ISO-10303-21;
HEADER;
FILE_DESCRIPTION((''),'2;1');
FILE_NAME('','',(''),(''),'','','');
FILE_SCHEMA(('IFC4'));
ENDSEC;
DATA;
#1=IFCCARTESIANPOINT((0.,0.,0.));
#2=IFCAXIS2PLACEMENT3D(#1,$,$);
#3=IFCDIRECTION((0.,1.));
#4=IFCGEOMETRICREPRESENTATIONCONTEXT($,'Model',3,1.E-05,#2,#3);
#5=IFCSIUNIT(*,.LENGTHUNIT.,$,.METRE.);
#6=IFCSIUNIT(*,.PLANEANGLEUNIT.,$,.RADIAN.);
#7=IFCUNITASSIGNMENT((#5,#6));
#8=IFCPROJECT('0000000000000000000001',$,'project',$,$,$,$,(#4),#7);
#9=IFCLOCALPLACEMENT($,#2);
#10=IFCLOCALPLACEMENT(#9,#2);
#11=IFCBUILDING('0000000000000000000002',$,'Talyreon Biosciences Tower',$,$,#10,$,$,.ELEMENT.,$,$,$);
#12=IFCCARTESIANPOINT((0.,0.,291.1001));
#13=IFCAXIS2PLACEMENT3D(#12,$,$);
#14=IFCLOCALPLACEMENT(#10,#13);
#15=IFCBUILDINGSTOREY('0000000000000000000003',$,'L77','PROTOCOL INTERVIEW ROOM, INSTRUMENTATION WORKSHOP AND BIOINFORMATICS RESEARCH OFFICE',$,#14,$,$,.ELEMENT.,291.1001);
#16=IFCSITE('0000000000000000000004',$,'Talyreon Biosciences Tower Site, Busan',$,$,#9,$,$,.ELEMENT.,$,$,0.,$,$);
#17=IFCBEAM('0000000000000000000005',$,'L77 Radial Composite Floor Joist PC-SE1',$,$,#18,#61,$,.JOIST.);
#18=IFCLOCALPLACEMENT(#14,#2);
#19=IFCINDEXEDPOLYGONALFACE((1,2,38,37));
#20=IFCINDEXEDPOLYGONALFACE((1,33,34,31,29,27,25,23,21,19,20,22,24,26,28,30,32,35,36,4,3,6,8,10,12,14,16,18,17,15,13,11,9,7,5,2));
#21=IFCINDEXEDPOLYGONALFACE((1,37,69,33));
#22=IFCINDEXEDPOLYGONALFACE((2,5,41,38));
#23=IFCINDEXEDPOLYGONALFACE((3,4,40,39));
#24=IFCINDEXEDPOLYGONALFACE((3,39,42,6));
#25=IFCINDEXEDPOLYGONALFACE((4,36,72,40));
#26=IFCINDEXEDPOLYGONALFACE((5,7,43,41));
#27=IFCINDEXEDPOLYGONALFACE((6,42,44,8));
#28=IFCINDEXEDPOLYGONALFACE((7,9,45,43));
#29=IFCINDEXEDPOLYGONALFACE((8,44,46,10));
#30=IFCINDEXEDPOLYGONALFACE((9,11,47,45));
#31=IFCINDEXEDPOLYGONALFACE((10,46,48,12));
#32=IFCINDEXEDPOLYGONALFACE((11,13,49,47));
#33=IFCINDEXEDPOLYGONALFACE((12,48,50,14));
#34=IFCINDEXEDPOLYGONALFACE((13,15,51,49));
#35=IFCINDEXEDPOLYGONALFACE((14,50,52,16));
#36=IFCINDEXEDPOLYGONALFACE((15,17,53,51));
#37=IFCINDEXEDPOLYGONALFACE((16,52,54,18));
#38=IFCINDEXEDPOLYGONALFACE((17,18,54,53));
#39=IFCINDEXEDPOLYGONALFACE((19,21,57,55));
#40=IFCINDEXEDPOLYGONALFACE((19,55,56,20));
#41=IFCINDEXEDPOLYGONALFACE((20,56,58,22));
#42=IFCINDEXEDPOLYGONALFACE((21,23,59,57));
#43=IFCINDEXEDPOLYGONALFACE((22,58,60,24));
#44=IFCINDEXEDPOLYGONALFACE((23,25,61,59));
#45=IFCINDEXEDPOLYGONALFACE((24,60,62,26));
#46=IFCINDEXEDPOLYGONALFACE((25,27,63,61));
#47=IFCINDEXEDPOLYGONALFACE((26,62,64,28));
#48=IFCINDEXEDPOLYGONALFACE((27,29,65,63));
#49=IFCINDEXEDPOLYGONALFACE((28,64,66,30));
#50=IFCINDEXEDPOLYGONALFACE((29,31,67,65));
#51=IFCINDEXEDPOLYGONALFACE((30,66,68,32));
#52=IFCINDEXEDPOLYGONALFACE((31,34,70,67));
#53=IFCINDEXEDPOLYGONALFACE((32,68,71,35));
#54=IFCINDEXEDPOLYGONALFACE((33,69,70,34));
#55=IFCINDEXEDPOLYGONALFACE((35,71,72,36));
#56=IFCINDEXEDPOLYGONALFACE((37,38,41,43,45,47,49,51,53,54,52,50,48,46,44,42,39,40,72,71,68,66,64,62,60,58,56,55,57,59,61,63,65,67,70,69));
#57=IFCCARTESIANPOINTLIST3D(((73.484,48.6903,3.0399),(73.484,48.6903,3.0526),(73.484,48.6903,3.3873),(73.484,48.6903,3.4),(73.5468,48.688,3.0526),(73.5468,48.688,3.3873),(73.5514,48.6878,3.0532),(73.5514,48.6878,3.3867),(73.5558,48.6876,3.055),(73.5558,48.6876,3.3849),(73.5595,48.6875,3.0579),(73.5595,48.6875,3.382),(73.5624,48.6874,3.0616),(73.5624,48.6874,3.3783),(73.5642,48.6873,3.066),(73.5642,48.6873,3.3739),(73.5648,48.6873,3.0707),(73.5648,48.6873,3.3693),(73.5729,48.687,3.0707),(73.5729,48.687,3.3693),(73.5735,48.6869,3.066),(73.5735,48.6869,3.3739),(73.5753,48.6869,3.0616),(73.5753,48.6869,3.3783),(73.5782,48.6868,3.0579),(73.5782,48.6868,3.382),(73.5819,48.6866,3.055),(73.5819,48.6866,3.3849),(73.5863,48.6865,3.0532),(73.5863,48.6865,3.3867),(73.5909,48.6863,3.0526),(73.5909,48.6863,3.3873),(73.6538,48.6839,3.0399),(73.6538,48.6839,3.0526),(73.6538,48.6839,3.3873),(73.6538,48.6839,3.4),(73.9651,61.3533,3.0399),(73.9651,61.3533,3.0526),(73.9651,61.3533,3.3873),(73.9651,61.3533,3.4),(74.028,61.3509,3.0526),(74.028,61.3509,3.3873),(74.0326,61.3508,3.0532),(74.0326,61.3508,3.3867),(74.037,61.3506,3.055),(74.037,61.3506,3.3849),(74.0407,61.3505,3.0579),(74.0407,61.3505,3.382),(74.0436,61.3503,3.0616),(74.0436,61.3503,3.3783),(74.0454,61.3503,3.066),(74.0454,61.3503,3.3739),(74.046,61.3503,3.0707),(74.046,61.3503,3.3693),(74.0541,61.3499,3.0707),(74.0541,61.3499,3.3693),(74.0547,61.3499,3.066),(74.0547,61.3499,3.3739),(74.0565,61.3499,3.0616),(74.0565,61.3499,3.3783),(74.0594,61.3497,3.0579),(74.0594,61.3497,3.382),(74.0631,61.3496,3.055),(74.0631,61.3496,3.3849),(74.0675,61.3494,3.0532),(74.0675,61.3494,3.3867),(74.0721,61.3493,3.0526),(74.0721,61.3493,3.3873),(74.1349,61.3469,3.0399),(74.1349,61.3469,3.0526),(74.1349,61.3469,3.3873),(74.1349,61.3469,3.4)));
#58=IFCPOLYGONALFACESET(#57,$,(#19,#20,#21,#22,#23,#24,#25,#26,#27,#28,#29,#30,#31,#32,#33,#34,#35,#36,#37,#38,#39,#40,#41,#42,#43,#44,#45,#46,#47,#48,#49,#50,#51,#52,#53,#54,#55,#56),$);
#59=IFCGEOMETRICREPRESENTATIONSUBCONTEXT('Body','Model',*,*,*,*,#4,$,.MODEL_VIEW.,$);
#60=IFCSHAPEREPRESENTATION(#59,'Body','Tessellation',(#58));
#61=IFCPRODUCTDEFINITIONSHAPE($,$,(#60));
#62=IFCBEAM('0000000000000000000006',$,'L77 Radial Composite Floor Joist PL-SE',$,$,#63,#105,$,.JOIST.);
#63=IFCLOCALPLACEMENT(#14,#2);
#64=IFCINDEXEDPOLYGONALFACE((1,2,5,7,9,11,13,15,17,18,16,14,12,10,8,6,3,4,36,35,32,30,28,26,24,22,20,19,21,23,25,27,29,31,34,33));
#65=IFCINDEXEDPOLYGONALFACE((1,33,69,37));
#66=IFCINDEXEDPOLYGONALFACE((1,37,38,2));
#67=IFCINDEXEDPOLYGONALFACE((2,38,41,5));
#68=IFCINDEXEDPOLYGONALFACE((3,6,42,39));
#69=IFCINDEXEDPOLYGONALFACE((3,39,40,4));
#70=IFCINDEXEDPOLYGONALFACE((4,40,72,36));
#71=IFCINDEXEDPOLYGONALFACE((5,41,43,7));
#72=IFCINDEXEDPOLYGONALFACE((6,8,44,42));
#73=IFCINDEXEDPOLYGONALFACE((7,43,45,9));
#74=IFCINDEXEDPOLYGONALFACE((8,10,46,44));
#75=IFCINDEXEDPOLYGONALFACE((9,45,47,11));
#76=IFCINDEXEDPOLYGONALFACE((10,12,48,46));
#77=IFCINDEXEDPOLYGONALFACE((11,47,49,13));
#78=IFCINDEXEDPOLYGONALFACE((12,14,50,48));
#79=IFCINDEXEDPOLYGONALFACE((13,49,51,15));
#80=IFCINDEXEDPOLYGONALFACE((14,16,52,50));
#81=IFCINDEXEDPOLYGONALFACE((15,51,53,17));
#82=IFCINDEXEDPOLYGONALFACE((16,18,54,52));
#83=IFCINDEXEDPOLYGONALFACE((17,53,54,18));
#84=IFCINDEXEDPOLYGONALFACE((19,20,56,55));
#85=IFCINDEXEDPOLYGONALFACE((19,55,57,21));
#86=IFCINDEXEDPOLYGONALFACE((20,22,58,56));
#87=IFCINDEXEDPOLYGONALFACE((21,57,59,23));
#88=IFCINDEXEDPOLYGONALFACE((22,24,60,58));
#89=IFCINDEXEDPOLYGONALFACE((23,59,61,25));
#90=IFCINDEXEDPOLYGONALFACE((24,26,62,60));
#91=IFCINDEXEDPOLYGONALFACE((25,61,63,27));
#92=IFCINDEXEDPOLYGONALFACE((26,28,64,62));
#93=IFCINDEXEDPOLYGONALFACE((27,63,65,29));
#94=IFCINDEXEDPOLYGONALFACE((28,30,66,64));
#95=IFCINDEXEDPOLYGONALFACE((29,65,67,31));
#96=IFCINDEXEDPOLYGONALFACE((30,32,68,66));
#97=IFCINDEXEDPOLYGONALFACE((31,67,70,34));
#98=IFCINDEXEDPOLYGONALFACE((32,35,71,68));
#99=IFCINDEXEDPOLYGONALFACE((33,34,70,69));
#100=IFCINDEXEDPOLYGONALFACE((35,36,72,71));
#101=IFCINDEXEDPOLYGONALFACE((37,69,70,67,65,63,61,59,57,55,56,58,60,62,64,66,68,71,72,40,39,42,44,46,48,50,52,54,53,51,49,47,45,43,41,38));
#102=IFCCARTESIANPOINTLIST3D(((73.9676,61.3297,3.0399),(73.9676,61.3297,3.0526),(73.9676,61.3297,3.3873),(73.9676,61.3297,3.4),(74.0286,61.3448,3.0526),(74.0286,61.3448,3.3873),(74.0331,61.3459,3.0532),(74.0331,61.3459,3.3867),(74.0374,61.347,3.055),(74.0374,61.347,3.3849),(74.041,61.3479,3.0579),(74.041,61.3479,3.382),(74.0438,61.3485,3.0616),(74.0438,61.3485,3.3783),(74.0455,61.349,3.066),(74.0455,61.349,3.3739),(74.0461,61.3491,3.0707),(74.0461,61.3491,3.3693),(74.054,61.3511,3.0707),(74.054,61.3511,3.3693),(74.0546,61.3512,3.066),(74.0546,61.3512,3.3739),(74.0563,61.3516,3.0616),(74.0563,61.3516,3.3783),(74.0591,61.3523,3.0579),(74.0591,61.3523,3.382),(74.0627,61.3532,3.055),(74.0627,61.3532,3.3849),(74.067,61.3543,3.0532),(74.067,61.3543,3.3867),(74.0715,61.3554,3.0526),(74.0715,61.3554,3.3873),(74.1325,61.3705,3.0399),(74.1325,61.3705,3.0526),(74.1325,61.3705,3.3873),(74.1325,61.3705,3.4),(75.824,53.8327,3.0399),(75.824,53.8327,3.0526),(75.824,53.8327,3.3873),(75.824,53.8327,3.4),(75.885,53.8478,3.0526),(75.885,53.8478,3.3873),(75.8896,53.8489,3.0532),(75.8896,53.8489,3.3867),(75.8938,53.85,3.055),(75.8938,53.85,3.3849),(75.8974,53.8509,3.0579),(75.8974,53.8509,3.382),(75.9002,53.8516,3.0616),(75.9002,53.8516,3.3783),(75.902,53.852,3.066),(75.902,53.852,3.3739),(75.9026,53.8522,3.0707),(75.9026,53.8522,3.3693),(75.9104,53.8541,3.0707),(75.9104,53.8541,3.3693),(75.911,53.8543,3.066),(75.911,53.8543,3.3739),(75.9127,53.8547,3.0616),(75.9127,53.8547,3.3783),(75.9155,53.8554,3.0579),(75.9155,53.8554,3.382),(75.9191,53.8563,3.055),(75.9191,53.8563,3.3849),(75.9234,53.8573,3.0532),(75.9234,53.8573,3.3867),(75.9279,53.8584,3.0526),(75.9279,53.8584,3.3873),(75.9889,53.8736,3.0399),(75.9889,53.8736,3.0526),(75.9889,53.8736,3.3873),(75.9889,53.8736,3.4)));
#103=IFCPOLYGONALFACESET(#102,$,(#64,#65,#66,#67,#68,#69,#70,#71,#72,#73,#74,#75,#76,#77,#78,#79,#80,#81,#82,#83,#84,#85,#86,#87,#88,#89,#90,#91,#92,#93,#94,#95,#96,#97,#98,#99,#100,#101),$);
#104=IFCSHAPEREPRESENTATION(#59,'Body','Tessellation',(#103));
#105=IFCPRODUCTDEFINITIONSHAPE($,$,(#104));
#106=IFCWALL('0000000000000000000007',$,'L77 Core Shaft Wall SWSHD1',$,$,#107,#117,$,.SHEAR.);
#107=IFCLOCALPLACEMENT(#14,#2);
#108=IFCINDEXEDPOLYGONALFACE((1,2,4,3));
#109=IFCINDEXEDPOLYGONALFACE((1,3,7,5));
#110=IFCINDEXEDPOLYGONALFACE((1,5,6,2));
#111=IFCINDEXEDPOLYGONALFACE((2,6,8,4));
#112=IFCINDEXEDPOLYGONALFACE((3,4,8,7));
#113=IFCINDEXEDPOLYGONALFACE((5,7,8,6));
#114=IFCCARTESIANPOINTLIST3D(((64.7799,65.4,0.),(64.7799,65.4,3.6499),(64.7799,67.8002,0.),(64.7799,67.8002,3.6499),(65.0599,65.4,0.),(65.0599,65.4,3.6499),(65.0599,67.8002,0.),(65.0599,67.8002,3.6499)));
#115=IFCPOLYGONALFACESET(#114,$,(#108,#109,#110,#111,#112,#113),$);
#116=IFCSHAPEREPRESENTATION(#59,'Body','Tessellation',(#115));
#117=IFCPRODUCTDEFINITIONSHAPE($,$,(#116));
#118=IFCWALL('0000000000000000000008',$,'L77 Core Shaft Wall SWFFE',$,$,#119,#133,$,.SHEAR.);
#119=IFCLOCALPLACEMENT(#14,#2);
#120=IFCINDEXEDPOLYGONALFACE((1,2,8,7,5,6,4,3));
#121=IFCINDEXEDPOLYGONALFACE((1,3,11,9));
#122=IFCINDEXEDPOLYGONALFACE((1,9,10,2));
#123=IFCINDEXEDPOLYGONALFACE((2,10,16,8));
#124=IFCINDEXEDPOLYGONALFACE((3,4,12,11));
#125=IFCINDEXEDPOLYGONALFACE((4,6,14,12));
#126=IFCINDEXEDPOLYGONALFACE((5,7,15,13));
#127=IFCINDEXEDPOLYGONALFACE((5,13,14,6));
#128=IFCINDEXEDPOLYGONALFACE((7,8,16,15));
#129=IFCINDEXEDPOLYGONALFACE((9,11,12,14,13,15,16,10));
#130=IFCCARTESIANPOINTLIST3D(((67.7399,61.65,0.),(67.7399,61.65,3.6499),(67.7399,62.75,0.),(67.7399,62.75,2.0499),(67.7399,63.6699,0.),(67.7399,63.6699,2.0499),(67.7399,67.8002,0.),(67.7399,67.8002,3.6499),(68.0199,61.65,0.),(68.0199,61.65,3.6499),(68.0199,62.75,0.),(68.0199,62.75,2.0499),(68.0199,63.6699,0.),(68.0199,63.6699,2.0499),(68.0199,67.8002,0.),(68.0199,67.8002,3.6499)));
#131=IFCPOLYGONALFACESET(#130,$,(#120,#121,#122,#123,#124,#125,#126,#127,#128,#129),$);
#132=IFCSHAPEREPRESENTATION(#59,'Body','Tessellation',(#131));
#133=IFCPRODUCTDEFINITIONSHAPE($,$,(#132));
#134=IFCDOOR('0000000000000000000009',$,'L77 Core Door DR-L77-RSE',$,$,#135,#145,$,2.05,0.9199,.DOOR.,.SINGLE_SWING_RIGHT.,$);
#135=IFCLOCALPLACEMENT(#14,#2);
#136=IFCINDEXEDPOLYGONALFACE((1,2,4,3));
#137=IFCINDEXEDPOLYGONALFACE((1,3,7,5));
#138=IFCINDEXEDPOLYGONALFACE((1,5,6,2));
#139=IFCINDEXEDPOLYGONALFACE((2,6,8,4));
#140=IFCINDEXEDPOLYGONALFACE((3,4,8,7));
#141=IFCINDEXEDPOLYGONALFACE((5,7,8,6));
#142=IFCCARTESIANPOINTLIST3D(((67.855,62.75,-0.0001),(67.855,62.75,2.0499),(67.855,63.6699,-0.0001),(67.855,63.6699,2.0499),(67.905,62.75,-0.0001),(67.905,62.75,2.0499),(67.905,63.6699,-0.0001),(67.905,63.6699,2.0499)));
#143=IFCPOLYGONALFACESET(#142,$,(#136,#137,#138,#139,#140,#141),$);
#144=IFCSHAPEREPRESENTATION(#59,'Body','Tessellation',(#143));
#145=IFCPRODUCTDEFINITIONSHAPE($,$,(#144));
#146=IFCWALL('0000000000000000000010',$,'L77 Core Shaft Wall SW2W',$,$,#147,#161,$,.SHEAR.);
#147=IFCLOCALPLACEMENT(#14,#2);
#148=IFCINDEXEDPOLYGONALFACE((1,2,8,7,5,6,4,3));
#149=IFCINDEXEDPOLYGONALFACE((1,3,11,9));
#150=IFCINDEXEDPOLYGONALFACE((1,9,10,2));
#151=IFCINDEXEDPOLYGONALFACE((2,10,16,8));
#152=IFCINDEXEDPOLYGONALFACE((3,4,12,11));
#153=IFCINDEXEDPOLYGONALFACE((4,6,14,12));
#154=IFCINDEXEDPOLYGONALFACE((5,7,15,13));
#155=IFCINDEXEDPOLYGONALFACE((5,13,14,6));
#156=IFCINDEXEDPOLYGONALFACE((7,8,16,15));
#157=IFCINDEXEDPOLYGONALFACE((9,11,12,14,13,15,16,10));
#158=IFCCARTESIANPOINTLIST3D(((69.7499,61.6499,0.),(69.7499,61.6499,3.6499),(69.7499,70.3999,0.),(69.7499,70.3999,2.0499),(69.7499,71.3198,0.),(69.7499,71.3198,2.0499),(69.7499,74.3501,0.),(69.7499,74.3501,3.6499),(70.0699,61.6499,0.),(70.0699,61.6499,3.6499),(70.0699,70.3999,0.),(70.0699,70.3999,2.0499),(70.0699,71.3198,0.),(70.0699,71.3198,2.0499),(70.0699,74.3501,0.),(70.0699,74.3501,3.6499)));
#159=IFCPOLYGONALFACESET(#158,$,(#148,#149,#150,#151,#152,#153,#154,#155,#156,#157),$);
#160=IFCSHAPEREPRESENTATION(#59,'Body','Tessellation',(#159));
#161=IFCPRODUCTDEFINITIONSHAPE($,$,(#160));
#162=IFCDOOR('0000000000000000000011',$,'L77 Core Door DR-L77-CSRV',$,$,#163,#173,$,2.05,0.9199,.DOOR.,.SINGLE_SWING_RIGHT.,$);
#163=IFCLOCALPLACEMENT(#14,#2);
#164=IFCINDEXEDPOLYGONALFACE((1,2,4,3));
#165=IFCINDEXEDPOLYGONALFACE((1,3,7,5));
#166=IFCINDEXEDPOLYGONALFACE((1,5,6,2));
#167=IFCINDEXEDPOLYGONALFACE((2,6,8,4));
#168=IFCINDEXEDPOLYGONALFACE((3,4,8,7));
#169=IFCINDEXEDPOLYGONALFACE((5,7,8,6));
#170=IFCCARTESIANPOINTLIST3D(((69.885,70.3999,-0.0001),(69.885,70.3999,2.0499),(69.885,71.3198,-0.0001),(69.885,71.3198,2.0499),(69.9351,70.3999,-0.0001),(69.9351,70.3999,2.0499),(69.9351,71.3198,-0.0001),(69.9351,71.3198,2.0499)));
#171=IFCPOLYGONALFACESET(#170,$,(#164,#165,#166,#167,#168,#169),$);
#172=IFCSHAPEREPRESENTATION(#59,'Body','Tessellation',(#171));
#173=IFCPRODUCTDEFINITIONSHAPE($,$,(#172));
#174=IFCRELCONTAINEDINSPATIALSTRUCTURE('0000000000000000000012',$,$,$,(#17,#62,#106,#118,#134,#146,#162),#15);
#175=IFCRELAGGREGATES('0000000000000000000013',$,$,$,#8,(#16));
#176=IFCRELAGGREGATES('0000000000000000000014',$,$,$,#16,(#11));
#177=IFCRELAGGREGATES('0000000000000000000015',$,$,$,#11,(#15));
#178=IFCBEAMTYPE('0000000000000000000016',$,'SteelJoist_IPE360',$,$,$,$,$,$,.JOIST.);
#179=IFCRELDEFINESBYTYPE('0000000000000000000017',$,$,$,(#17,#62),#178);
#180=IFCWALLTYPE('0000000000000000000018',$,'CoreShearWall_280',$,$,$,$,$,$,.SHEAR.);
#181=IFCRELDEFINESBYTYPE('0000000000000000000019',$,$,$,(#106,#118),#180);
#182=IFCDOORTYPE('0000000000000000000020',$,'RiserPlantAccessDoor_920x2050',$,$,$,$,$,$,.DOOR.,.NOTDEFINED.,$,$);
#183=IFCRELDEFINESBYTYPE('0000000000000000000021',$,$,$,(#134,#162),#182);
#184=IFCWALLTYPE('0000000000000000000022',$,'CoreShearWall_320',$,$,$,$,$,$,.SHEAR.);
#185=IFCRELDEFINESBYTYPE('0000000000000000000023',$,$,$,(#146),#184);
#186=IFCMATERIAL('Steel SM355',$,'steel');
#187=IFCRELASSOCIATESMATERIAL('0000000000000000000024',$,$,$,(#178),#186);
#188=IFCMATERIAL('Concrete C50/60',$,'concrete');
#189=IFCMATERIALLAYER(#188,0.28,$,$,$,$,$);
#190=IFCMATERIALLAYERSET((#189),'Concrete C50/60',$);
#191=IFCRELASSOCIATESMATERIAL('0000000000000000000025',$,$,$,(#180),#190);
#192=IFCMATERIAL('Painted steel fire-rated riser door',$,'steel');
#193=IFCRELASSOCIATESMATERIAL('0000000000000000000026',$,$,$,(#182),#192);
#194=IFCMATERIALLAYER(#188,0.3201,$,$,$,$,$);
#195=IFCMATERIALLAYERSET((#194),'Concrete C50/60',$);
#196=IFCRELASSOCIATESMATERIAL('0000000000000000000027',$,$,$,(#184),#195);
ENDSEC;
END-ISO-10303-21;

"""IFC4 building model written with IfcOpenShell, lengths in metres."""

from ifc_helpers import new_model, si_unit, direction, frame, frame_2d, origin, origin_2d, place, context, subcontext, project, spatial, rectangle, i_section, extrude, material, layer, layer_set, material_profile, profile_set, type_object, element, fill, save


model = new_model("IFC4")

# Units and contexts
model_context = context("Model", 3, precision=1e-05, world=origin(), true_north=direction((0.0, 1.0)))
body_context = subcontext(model_context, "Body", "Model", "MODEL_VIEW")
ifc_project = project(units=[si_unit("LENGTHUNIT", "METRE"), si_unit("PLANEANGLEUNIT", "RADIAN")], contexts=[model_context])

# Site, building, storey
site_placement = place(None, origin())
site = spatial("IfcSite", under=ifc_project, at=site_placement, Name="Talyreon Biosciences Tower Site, Busan", CompositionType="ELEMENT", RefElevation=0.0)
building_placement = place(site_placement, origin())
building = spatial("IfcBuilding", under=site, at=building_placement, Name="Talyreon Biosciences Tower", CompositionType="ELEMENT")
storey_placement = place(building_placement, frame((0.0, 0.0, 291.1001)))
storey = spatial("IfcBuildingStorey", under=building, at=storey_placement, Name="L77", Description="PROTOCOL INTERVIEW ROOM, INSTRUMENTATION WORKSHOP AND BIOINFORMATICS RESEARCH OFFICE", CompositionType="ELEMENT", Elevation=291.1001)

# Shared definitions
ifc_material_1 = material(Name="Concrete C50/60", Category="concrete")

# Beams
ifc_material_2 = material(Name="Steel SM355", Category="steel")
ifc_material_profile_1 = material_profile(ifc_material_2, i_section(OverallWidth=0.1699, OverallDepth=0.3601, WebThickness=0.0081, FlangeThickness=0.0127, FilletRadius=0.0181, at=origin_2d()), Name="IPE360")
ifc_profile_set_1 = profile_set([ifc_material_profile_1], Name="Steel SM355")
beam_type_1 = type_object("IfcBeamType", Name="SteelJoist_IPE360", PredefinedType="JOIST", material=ifc_profile_set_1)
beam_1_placement = place(storey_placement, frame((74.05, 61.3501, 3.22), z_axis=(-0.037973, -0.999279, 0.0), x_axis=(0.999279, -0.037973, 0.0)))
element("IfcBeam", 1, at=beam_1_placement, inside=storey, type_object=beam_type_1, Name="L77 Radial Composite Floor Joist PC-SE1", PredefinedType="JOIST", context=body_context, shape_type="SweptSolid", body=[
    extrude(i_section(OverallWidth=0.1699, OverallDepth=0.3601, WebThickness=0.0081, FlangeThickness=0.0127, FilletRadius=0.0181, at=origin_2d()), origin(), (0.0, 0.0, 1.0), 12.6721),
])
beam_2_placement = place(storey_placement, frame((74.05, 61.3501, 3.22), z_axis=(0.240363, -0.970683, 0.0), x_axis=(0.970683, 0.240363, 0.0)))
element("IfcBeam", 2, at=beam_2_placement, inside=storey, type_object=beam_type_1, Name="L77 Radial Composite Floor Joist PL-SE", PredefinedType="JOIST", context=body_context, shape_type="SweptSolid", body=[
    extrude(i_section(OverallWidth=0.1699, OverallDepth=0.3601, WebThickness=0.0081, FlangeThickness=0.0127, FilletRadius=0.0181, at=origin_2d()), origin(), (0.0, 0.0, 1.0), 7.7234),
])

# Wall
ifc_layer_1 = layer(ifc_material_1, 0.28)
ifc_layer_set_1 = layer_set([ifc_layer_1], Name="Concrete C50/60")
wall_type_1 = type_object("IfcWallType", Name="CoreShearWall_280", PredefinedType="SHEAR", material=ifc_layer_set_1)
wall_1_placement = place(storey_placement, frame((64.9199, 65.3999, 0.0), z_axis=(0.0, 0.0, 1.0), x_axis=(0.0, 1.0, 0.0)))
element("IfcWall", 3, at=wall_1_placement, inside=storey, type_object=wall_type_1, Name="L77 Core Shaft Wall SWSHD1", PredefinedType="SHEAR", context=body_context, shape_type="SweptSolid", body=[
    extrude(rectangle(XDim=2.4001, YDim=0.28, at=frame_2d((1.2002, 0.0))), origin(), (0.0, 0.0, 1.0), 3.6499),
])

# Walls, openings, doors
wall_2_placement = place(storey_placement, frame((67.8799, 61.6499, 0.0), z_axis=(0.0, 0.0, 1.0), x_axis=(0.0, 1.0, 0.0)))
wall_2 = element("IfcWall", 4, at=wall_2_placement, inside=storey, type_object=wall_type_1, Name="L77 Core Shaft Wall SWFFE", PredefinedType="SHEAR", context=body_context, shape_type="SweptSolid", body=[
    extrude(rectangle(XDim=6.1501, YDim=0.28, at=frame_2d((3.0752, 0.0))), origin(), (0.0, 0.0, 1.0), 3.6499),
])
opening_1_placement = place(wall_2_placement, frame((1.1001, 0.0, 0.0)))
opening_1 = element("IfcOpeningElement", 5, at=opening_1_placement, cuts=wall_2, PredefinedType="OPENING", context=body_context, shape_type="SweptSolid", body=[
    extrude(rectangle(XDim=0.9199, YDim=2.05, at=frame_2d((0.46, 1.0249))), frame((0.0, 0.1499, 0.0), z_axis=(0.0, -1.0, 0.0), x_axis=(1.0, 0.0, 0.0)), (0.0, 0.0, 1.0), 0.3),
])
ifc_material_3 = material(Name="Painted steel fire-rated riser door", Category="steel")
door_type = type_object("IfcDoorType", Name="RiserPlantAccessDoor_920x2050", OperationType="NOTDEFINED", PredefinedType="DOOR", material=ifc_material_3)
door_1_placement = place(opening_1_placement, origin())
door_1 = element("IfcDoor", 6, at=door_1_placement, inside=storey, type_object=door_type, Name="L77 Core Door DR-L77-RSE", OperationType="SINGLE_SWING_RIGHT", OverallHeight=2.05, OverallWidth=0.9199, PredefinedType="DOOR", context=body_context, shape_type="SweptSolid", body=[
    extrude(rectangle(XDim=0.9199, YDim=2.05, at=frame_2d((0.46, 1.0249))), frame((0.0, 0.0249, 0.0), z_axis=(0.0, -1.0, 0.0), x_axis=(1.0, 0.0, 0.0)), (0.0, 0.0, 1.0), 0.05),
])
fill(opening_1, door_1)
ifc_layer_2 = layer(ifc_material_1, 0.3201)
ifc_layer_set_2 = layer_set([ifc_layer_2], Name="Concrete C50/60")
wall_type_2 = type_object("IfcWallType", Name="CoreShearWall_320", PredefinedType="SHEAR", material=ifc_layer_set_2)
wall_3_placement = place(storey_placement, frame((69.9099, 61.6499, 0.0), z_axis=(0.0, 0.0, 1.0), x_axis=(0.0, 1.0, 0.0)))
wall_3 = element("IfcWall", 7, at=wall_3_placement, inside=storey, type_object=wall_type_2, Name="L77 Core Shaft Wall SW2W", PredefinedType="SHEAR", context=body_context, shape_type="SweptSolid", body=[
    extrude(rectangle(XDim=12.7002, YDim=0.3201, at=frame_2d((6.3501, 0.0))), origin(), (0.0, 0.0, 1.0), 3.6499),
])
opening_2_placement = place(wall_3_placement, frame((8.75, 0.0, 0.0)))
opening_2 = element("IfcOpeningElement", 8, at=opening_2_placement, cuts=wall_3, PredefinedType="OPENING", context=body_context, shape_type="SweptSolid", body=[
    extrude(rectangle(XDim=0.9199, YDim=2.05, at=frame_2d((0.46, 1.0249))), frame((0.0, 0.1699, 0.0), z_axis=(0.0, -1.0, 0.0), x_axis=(1.0, 0.0, 0.0)), (0.0, 0.0, 1.0), 0.3401),
])
door_2_placement = place(opening_2_placement, origin())
door_2 = element("IfcDoor", 9, at=door_2_placement, inside=storey, type_object=door_type, Name="L77 Core Door DR-L77-CSRV", OperationType="SINGLE_SWING_RIGHT", OverallHeight=2.05, OverallWidth=0.9199, PredefinedType="DOOR", context=body_context, shape_type="SweptSolid", body=[
    extrude(rectangle(XDim=0.9199, YDim=2.05, at=frame_2d((0.46, 1.0249))), frame((0.0, 0.0249, 0.0), z_axis=(0.0, -1.0, 0.0), x_axis=(1.0, 0.0, 0.0)), (0.0, 0.0, 1.0), 0.05),
])
fill(opening_2, door_2)

save(model, "model.ifc")
